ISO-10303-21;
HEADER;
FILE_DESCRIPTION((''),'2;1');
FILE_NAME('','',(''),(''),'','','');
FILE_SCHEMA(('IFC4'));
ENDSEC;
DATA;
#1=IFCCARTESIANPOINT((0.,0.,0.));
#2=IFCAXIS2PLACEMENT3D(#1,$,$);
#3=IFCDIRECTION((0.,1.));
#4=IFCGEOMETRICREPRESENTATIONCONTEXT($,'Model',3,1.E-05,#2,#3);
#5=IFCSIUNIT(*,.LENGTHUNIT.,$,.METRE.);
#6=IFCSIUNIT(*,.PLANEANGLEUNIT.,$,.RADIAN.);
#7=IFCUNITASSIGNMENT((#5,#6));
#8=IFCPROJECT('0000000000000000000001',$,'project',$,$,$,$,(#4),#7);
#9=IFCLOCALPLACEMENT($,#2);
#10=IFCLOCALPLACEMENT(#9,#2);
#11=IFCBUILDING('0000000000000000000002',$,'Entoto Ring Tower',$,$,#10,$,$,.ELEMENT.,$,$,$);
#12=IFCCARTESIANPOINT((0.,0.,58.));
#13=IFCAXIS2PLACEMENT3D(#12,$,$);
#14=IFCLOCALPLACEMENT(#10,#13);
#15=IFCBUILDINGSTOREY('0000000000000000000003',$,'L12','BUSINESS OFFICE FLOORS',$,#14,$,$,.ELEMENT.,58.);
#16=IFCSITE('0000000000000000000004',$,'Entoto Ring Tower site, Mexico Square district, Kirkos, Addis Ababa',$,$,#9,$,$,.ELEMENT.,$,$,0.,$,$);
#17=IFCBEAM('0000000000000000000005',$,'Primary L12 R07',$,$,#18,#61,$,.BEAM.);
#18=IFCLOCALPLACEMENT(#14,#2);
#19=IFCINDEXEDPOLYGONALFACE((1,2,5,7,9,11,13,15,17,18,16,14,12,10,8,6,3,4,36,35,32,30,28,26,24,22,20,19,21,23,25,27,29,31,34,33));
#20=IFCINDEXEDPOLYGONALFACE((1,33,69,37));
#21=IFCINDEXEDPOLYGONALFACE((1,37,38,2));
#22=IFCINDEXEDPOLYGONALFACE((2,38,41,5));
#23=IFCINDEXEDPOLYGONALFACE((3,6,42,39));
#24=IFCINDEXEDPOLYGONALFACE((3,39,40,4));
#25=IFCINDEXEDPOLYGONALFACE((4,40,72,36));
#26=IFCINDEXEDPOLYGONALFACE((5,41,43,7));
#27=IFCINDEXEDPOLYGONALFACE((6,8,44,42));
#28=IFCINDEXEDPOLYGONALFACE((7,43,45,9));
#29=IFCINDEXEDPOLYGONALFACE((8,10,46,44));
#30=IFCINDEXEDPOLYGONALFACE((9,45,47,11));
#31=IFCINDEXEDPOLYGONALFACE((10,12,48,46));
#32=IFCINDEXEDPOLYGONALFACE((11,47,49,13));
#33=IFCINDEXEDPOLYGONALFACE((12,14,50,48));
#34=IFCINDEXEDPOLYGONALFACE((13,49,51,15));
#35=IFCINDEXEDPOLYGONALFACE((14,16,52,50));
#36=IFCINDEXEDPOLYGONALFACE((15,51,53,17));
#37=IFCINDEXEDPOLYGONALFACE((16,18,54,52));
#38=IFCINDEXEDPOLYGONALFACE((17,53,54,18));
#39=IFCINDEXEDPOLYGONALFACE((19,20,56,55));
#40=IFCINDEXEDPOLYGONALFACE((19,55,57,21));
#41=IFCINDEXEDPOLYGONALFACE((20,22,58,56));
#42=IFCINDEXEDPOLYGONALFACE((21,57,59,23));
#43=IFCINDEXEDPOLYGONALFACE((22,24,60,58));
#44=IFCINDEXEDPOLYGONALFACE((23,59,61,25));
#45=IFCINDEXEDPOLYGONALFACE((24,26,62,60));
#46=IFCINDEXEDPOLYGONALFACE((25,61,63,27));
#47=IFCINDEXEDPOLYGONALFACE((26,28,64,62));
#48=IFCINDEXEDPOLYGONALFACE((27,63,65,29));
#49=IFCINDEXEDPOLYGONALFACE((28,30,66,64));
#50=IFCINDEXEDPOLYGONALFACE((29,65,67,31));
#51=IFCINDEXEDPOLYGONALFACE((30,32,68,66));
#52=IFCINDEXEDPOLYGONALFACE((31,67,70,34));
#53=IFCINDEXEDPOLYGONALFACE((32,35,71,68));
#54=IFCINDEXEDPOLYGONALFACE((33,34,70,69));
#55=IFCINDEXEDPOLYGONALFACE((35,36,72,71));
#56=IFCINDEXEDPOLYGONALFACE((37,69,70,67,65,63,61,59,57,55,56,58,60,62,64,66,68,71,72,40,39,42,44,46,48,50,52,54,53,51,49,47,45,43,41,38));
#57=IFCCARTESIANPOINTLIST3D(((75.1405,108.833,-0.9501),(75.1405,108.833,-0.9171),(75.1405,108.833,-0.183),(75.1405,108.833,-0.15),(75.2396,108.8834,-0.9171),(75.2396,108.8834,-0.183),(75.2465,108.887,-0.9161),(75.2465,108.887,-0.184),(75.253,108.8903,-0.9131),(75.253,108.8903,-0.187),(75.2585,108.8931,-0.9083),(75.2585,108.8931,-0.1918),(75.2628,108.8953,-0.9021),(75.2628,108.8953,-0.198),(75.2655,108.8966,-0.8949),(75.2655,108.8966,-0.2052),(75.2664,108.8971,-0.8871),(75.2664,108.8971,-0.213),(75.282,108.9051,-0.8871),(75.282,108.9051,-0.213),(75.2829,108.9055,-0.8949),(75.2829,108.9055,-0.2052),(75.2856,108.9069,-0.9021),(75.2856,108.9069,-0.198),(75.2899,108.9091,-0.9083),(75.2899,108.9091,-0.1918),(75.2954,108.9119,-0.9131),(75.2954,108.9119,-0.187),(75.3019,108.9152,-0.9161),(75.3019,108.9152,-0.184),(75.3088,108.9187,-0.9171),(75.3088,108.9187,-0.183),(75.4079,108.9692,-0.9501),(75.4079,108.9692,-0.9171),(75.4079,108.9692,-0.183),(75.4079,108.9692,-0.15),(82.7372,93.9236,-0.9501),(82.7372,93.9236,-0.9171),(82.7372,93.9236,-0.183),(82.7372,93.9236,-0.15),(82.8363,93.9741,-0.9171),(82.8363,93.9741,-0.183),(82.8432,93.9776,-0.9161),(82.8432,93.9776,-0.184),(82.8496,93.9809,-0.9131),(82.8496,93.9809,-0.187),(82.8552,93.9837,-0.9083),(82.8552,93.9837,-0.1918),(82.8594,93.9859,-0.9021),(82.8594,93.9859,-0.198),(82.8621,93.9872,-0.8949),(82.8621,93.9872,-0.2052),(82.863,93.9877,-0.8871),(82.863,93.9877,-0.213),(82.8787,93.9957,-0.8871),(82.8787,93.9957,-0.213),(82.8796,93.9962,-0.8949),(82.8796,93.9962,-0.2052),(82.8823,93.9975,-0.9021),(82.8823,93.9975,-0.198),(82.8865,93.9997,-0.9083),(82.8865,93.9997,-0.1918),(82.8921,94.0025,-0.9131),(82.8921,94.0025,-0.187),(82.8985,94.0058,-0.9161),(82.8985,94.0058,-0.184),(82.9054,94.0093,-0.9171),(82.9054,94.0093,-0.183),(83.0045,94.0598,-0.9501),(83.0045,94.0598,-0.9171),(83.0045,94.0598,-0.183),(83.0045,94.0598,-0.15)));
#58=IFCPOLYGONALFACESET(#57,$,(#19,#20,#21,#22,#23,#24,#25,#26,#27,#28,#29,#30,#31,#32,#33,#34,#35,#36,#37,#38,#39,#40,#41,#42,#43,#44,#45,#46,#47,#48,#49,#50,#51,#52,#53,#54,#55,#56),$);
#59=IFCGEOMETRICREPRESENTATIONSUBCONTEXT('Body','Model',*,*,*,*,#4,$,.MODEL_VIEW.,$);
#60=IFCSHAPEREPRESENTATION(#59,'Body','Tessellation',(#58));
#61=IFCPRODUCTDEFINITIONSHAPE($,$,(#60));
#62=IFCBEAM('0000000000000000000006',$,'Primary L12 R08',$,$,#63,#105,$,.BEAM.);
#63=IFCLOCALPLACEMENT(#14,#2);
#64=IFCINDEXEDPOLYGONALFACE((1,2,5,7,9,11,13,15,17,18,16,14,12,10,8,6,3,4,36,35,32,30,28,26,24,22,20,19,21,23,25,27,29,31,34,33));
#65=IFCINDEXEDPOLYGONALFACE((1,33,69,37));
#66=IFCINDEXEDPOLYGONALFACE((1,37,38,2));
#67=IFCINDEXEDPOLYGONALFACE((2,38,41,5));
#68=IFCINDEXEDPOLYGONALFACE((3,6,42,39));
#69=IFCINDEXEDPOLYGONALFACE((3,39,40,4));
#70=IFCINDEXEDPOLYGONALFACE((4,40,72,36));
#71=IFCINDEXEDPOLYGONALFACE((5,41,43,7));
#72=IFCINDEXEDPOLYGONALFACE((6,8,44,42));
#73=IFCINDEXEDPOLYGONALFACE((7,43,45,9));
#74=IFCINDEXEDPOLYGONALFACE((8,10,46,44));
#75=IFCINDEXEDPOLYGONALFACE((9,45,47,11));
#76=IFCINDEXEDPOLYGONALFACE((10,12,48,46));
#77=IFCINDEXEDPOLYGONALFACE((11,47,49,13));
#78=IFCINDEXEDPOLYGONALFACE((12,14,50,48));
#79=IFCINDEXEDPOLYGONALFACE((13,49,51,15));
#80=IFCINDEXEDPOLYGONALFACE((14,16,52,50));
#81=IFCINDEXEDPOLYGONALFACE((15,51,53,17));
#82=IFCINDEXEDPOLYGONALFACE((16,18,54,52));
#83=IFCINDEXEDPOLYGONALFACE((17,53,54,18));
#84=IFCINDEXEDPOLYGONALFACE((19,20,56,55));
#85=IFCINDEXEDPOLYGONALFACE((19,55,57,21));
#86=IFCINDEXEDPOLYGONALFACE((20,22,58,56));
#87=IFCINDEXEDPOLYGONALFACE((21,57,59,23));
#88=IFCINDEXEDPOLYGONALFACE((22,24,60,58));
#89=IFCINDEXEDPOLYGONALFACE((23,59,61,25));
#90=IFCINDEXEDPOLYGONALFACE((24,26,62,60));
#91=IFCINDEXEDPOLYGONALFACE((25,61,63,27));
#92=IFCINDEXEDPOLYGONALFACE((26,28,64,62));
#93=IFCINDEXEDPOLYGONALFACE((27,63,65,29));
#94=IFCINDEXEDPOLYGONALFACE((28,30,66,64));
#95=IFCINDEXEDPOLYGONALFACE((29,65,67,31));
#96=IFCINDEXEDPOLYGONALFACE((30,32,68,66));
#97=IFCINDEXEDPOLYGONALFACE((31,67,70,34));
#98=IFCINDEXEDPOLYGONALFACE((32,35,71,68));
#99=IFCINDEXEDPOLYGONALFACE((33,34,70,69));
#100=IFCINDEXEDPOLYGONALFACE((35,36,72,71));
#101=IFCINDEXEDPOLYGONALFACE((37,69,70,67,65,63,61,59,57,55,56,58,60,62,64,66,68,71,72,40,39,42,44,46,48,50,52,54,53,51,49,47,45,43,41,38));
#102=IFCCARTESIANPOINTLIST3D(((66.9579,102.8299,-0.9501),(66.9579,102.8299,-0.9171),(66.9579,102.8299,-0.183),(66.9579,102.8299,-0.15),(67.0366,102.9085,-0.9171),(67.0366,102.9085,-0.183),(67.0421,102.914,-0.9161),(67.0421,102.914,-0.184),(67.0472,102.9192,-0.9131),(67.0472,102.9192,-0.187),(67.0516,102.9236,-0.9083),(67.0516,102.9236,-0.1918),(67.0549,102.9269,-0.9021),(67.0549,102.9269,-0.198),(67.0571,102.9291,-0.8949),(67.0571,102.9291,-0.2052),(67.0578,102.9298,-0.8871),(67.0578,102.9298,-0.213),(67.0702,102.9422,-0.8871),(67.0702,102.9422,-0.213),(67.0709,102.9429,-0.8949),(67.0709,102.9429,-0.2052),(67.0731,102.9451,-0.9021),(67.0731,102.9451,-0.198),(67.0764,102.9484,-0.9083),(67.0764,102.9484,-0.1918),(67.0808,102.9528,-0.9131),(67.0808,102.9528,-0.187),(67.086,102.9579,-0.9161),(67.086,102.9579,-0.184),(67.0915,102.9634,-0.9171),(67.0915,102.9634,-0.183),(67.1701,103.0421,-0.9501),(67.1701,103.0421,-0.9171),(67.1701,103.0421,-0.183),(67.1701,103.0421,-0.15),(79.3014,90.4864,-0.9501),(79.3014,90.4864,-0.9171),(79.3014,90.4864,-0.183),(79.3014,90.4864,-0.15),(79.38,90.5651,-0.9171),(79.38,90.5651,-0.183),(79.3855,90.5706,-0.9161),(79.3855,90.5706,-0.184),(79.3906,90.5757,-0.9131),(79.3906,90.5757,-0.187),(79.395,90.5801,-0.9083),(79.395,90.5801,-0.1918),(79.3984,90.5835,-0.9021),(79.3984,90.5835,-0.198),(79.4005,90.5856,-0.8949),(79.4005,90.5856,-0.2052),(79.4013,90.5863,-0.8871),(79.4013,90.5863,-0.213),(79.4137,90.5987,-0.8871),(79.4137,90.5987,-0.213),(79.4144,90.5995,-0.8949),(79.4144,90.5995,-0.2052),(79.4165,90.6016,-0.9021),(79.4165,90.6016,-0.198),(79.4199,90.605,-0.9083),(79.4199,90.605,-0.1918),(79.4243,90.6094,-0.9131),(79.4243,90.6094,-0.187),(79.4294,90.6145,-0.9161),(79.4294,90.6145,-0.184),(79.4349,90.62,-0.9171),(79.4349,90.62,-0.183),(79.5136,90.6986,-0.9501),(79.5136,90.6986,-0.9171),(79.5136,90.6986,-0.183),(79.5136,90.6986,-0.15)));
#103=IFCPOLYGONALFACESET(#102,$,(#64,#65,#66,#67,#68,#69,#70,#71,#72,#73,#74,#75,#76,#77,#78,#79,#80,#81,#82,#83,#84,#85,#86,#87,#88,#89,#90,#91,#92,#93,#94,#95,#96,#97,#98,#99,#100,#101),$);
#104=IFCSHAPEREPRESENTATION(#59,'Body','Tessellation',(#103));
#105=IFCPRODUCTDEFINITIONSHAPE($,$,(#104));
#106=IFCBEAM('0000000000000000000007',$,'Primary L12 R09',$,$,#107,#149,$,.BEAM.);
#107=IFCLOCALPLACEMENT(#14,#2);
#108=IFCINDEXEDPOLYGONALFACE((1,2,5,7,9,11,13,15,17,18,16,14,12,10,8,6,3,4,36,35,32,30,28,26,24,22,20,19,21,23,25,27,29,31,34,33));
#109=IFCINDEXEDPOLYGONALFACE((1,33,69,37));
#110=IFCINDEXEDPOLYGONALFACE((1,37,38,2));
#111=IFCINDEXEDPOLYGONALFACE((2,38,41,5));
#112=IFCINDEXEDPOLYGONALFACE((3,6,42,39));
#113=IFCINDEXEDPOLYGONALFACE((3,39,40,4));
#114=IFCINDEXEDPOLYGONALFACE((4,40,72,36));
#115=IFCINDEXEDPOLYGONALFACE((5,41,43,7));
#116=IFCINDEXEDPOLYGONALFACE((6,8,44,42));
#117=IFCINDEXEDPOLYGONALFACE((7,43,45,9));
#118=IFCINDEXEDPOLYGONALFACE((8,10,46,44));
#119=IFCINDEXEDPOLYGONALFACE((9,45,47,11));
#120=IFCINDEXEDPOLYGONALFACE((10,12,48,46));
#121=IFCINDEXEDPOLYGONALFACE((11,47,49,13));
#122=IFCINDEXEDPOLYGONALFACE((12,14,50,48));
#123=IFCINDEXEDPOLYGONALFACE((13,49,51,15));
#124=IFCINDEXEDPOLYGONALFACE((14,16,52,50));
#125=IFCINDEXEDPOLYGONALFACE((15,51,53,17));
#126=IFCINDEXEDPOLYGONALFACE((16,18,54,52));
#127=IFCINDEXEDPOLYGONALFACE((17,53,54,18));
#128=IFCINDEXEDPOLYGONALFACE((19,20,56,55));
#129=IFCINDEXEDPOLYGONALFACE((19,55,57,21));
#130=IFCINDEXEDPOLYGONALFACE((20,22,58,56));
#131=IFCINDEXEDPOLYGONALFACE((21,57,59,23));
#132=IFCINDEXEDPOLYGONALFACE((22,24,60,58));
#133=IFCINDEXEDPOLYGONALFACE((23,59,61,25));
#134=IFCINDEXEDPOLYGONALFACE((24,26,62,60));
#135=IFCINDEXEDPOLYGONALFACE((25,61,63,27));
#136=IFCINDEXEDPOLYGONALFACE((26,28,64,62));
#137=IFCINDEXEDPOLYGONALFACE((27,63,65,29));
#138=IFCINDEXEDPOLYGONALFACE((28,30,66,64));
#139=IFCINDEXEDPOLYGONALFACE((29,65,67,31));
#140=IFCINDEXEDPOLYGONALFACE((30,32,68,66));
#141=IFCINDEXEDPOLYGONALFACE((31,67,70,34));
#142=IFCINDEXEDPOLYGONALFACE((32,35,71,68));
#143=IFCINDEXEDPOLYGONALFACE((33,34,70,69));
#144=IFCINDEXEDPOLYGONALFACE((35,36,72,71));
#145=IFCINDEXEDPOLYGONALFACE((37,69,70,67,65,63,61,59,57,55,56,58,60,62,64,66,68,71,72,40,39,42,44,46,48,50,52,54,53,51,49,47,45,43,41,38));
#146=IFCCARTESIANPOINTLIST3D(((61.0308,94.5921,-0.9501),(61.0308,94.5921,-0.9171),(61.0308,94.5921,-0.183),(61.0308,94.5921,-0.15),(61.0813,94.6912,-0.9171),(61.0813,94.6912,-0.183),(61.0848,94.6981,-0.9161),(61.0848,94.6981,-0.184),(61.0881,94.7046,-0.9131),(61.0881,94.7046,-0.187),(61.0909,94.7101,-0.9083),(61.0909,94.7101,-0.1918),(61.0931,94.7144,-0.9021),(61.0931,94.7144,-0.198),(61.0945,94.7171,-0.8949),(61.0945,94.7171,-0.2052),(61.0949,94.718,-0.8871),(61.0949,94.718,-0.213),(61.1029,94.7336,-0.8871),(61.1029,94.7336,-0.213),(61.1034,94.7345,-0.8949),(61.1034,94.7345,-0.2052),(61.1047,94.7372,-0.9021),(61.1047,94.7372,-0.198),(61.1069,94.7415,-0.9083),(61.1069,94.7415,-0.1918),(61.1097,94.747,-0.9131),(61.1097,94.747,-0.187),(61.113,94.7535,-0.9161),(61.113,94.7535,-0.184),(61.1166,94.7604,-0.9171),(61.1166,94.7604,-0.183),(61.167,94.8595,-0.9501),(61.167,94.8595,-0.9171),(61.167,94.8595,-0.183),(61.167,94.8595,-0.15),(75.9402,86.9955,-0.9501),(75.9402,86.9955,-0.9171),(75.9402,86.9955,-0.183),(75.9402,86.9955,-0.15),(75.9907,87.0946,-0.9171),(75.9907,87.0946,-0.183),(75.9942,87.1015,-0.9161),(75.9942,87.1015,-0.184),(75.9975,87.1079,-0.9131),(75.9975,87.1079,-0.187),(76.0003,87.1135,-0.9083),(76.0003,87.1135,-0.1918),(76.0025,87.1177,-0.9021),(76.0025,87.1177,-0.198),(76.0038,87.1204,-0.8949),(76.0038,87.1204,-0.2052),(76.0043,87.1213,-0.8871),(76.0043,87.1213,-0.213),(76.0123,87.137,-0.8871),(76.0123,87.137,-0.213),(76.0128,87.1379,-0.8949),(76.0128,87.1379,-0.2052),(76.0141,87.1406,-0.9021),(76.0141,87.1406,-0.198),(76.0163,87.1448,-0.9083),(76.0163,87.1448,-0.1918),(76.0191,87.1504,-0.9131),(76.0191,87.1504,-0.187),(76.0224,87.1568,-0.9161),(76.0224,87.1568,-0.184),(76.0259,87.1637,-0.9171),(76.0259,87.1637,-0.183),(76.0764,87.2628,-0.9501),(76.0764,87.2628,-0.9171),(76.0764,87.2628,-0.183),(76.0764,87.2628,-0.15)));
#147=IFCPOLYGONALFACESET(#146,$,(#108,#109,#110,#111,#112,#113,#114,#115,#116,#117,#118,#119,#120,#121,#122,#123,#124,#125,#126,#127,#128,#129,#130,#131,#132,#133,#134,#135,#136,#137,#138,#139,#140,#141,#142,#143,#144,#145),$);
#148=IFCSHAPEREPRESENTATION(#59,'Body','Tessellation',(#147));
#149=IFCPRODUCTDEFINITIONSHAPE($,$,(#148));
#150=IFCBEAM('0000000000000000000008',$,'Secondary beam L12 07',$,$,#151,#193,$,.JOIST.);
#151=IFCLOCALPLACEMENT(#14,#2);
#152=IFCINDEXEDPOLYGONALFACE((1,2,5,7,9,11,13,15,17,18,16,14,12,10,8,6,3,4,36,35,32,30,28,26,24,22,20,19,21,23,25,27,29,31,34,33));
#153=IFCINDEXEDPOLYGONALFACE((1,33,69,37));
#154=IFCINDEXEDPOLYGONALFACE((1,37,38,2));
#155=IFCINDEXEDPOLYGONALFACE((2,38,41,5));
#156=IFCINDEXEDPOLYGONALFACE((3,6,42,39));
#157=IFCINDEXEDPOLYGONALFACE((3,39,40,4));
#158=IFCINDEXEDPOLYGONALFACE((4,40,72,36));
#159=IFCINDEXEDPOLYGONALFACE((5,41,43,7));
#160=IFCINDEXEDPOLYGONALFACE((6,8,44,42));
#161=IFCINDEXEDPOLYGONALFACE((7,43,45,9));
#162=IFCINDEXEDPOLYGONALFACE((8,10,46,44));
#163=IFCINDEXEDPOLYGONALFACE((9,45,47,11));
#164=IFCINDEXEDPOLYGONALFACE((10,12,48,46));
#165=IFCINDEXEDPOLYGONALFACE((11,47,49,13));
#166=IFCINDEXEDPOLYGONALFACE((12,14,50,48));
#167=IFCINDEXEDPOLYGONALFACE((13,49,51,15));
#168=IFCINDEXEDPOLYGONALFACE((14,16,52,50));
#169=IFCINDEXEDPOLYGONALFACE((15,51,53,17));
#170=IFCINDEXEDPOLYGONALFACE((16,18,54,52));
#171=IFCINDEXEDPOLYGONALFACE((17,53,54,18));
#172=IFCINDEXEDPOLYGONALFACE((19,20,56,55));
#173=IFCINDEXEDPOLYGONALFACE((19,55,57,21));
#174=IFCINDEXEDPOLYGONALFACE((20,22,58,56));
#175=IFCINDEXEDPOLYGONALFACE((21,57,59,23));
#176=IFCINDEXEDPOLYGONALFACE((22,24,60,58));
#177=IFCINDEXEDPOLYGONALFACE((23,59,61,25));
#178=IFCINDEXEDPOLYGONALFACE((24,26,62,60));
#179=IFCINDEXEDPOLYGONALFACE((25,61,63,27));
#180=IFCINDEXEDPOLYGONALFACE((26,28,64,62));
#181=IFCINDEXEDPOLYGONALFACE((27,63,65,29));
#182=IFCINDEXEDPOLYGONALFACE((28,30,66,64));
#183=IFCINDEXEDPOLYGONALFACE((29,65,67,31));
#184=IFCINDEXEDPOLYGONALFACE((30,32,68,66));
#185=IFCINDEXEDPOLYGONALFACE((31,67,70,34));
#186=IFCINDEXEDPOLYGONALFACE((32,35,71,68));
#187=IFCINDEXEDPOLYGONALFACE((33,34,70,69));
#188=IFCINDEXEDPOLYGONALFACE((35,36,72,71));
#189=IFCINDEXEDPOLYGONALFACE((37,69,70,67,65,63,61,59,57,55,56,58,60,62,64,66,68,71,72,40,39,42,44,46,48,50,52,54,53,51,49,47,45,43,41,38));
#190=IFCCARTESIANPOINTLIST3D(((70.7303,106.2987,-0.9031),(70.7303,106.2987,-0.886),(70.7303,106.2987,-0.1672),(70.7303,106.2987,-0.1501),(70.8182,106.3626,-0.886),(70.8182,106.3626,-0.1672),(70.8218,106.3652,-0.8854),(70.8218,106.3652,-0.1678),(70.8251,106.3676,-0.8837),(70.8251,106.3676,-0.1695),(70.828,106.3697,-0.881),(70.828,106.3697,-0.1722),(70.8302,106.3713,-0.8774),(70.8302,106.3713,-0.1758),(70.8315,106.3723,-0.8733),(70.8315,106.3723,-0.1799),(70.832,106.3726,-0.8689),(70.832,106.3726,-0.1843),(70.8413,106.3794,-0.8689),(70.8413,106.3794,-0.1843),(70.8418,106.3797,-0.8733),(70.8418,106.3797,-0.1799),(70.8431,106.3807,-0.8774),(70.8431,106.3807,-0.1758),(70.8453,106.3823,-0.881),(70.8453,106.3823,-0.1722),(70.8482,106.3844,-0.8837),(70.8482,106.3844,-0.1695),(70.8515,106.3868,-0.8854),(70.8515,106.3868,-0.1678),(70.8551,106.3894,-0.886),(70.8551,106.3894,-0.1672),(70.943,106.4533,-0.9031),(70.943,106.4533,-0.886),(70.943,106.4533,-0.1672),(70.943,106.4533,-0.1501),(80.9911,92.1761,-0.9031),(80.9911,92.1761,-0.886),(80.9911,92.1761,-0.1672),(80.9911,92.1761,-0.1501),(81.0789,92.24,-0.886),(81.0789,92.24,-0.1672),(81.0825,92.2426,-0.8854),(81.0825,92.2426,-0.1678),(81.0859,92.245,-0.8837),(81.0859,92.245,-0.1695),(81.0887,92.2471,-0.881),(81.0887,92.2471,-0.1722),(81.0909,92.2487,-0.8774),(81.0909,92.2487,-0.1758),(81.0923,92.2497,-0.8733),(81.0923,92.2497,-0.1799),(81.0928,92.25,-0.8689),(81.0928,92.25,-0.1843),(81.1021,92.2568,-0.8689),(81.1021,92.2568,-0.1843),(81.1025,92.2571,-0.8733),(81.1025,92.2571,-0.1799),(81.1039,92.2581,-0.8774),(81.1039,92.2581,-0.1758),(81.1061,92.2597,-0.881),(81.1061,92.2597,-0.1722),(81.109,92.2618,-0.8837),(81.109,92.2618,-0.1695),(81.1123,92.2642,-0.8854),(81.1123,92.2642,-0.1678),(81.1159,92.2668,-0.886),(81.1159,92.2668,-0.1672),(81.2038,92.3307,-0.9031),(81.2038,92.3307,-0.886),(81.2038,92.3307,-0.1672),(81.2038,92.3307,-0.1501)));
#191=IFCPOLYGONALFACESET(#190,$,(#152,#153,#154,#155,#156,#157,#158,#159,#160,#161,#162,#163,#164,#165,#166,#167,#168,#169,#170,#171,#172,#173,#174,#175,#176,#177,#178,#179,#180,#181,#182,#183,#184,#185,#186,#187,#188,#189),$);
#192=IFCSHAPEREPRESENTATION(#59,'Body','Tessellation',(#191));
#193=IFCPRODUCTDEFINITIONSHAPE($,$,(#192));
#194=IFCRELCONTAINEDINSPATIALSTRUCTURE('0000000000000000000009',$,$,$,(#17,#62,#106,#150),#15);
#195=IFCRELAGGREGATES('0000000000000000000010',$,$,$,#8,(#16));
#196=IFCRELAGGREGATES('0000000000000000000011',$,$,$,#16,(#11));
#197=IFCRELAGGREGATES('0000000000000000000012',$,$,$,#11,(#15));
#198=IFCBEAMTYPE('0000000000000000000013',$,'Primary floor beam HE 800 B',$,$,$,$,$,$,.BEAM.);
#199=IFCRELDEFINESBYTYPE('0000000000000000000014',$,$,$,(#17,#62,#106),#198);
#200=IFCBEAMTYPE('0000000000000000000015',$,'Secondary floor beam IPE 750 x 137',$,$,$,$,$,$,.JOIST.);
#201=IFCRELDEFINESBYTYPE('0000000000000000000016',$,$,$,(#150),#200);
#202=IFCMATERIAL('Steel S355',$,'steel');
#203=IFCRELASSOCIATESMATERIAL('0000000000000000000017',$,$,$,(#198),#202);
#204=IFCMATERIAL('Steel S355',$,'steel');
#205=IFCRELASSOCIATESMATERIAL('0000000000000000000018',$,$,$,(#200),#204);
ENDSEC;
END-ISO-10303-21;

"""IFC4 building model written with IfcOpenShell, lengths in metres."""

from ifc_helpers import new_model, si_unit, direction, frame, origin, origin_2d, place, context, subcontext, project, spatial, i_section, extrude, material, material_profile, profile_set, type_object, element, save


model = new_model("IFC4")

# Units and contexts
model_context = context("Model", 3, precision=1e-05, world=origin(), true_north=direction((0.0, 1.0)))
body_context = subcontext(model_context, "Body", "Model", "MODEL_VIEW")
ifc_project = project(units=[si_unit("LENGTHUNIT", "METRE"), si_unit("PLANEANGLEUNIT", "RADIAN")], contexts=[model_context])

# Site, building, storey
site_placement = place(None, origin())
site = spatial("IfcSite", under=ifc_project, at=site_placement, Name="Entoto Ring Tower site, Mexico Square district, Kirkos, Addis Ababa", CompositionType="ELEMENT", RefElevation=0.0)
building_placement = place(site_placement, origin())
building = spatial("IfcBuilding", under=site, at=building_placement, Name="Entoto Ring Tower", CompositionType="ELEMENT")
storey_placement = place(building_placement, frame((0.0, 0.0, 58.0)))
storey = spatial("IfcBuildingStorey", under=building, at=storey_placement, Name="L12", Description="BUSINESS OFFICE FLOORS", CompositionType="ELEMENT", Elevation=58.0)

# Beams
ifc_material_1 = material(Name="Steel S355", Category="steel")
ifc_material_profile_1 = material_profile(ifc_material_1, i_section(OverallWidth=0.3, OverallDepth=0.8, WebThickness=0.0176, FlangeThickness=0.033, FilletRadius=0.03, at=origin_2d()), Name="HE 800 B")
ifc_profile_set_1 = profile_set([ifc_material_profile_1], Name="Steel S355")
beam_type_1 = type_object("IfcBeamType", Name="Primary floor beam HE 800 B", PredefinedType="BEAM", material=ifc_profile_set_1)
beam_1_placement = place(storey_placement, frame((82.8708, 93.9917, -0.55), z_axis=(-0.453988, 0.891008, 0.0), x_axis=(-0.891008, -0.453988, 0.0)))
element("IfcBeam", 1, at=beam_1_placement, inside=storey, type_object=beam_type_1, Name="Primary L12 R07", PredefinedType="BEAM", context=body_context, shape_type="SweptSolid", body=[
    extrude(i_section(OverallWidth=0.3, OverallDepth=0.8, WebThickness=0.0176, FlangeThickness=0.033, FilletRadius=0.03, at=origin_2d()), origin(), (0.0, 0.0, 1.0), 16.7332),
])
beam_2_placement = place(storey_placement, frame((79.4075, 90.5925, -0.55), z_axis=(-0.707107, 0.707107, 0.0), x_axis=(-0.707107, -0.707107, 0.0)))
element("IfcBeam", 2, at=beam_2_placement, inside=storey, type_object=beam_type_1, Name="Primary L12 R08", PredefinedType="BEAM", context=body_context, shape_type="SweptSolid", body=[
    extrude(i_section(OverallWidth=0.3, OverallDepth=0.8, WebThickness=0.0176, FlangeThickness=0.033, FilletRadius=0.03, at=origin_2d()), origin(), (0.0, 0.0, 1.0), 17.4563),
])
beam_3_placement = place(storey_placement, frame((76.0083, 87.1292, -0.55), z_axis=(-0.891008, 0.453988, 0.0), x_axis=(-0.453988, -0.891008, 0.0)))
element("IfcBeam", 3, at=beam_3_placement, inside=storey, type_object=beam_type_1, Name="Primary L12 R09", PredefinedType="BEAM", context=body_context, shape_type="SweptSolid", body=[
    extrude(i_section(OverallWidth=0.3, OverallDepth=0.8, WebThickness=0.0176, FlangeThickness=0.033, FilletRadius=0.03, at=origin_2d()), origin(), (0.0, 0.0, 1.0), 16.7332),
])
ifc_material_2 = material(Name="Steel S355", Category="steel")
ifc_material_profile_2 = material_profile(ifc_material_2, i_section(OverallWidth=0.2629, OverallDepth=0.7529, WebThickness=0.0115, FlangeThickness=0.0171, FilletRadius=0.0171, at=origin_2d()), Name="IPE 750 x 137")
ifc_profile_set_2 = profile_set([ifc_material_profile_2], Name="Steel S355")
beam_type_2 = type_object("IfcBeamType", Name="Secondary floor beam IPE 750 x 137", PredefinedType="JOIST", material=ifc_profile_set_2)
for number, where, z_axis, x_axis, name in (
    (4, (81.0974, 92.2534, -0.5266), (-0.587789, 0.809014, 0.0), (-0.809014, -0.587789, 0.0), "Secondary beam L12 07"),
):
    element("IfcBeam", number, at=place(storey_placement, frame(where, z_axis=z_axis, x_axis=x_axis)), inside=storey, type_object=beam_type_2, Name=name, PredefinedType="JOIST", context=body_context, shape_type="SweptSolid", body=[
        extrude(i_section(OverallWidth=0.2629, OverallDepth=0.7529, WebThickness=0.0115, FlangeThickness=0.0171, FilletRadius=0.0171, at=origin_2d()), origin(), (0.0, 0.0, 1.0), 17.4565),
    ])

save(model, "model.ifc")
